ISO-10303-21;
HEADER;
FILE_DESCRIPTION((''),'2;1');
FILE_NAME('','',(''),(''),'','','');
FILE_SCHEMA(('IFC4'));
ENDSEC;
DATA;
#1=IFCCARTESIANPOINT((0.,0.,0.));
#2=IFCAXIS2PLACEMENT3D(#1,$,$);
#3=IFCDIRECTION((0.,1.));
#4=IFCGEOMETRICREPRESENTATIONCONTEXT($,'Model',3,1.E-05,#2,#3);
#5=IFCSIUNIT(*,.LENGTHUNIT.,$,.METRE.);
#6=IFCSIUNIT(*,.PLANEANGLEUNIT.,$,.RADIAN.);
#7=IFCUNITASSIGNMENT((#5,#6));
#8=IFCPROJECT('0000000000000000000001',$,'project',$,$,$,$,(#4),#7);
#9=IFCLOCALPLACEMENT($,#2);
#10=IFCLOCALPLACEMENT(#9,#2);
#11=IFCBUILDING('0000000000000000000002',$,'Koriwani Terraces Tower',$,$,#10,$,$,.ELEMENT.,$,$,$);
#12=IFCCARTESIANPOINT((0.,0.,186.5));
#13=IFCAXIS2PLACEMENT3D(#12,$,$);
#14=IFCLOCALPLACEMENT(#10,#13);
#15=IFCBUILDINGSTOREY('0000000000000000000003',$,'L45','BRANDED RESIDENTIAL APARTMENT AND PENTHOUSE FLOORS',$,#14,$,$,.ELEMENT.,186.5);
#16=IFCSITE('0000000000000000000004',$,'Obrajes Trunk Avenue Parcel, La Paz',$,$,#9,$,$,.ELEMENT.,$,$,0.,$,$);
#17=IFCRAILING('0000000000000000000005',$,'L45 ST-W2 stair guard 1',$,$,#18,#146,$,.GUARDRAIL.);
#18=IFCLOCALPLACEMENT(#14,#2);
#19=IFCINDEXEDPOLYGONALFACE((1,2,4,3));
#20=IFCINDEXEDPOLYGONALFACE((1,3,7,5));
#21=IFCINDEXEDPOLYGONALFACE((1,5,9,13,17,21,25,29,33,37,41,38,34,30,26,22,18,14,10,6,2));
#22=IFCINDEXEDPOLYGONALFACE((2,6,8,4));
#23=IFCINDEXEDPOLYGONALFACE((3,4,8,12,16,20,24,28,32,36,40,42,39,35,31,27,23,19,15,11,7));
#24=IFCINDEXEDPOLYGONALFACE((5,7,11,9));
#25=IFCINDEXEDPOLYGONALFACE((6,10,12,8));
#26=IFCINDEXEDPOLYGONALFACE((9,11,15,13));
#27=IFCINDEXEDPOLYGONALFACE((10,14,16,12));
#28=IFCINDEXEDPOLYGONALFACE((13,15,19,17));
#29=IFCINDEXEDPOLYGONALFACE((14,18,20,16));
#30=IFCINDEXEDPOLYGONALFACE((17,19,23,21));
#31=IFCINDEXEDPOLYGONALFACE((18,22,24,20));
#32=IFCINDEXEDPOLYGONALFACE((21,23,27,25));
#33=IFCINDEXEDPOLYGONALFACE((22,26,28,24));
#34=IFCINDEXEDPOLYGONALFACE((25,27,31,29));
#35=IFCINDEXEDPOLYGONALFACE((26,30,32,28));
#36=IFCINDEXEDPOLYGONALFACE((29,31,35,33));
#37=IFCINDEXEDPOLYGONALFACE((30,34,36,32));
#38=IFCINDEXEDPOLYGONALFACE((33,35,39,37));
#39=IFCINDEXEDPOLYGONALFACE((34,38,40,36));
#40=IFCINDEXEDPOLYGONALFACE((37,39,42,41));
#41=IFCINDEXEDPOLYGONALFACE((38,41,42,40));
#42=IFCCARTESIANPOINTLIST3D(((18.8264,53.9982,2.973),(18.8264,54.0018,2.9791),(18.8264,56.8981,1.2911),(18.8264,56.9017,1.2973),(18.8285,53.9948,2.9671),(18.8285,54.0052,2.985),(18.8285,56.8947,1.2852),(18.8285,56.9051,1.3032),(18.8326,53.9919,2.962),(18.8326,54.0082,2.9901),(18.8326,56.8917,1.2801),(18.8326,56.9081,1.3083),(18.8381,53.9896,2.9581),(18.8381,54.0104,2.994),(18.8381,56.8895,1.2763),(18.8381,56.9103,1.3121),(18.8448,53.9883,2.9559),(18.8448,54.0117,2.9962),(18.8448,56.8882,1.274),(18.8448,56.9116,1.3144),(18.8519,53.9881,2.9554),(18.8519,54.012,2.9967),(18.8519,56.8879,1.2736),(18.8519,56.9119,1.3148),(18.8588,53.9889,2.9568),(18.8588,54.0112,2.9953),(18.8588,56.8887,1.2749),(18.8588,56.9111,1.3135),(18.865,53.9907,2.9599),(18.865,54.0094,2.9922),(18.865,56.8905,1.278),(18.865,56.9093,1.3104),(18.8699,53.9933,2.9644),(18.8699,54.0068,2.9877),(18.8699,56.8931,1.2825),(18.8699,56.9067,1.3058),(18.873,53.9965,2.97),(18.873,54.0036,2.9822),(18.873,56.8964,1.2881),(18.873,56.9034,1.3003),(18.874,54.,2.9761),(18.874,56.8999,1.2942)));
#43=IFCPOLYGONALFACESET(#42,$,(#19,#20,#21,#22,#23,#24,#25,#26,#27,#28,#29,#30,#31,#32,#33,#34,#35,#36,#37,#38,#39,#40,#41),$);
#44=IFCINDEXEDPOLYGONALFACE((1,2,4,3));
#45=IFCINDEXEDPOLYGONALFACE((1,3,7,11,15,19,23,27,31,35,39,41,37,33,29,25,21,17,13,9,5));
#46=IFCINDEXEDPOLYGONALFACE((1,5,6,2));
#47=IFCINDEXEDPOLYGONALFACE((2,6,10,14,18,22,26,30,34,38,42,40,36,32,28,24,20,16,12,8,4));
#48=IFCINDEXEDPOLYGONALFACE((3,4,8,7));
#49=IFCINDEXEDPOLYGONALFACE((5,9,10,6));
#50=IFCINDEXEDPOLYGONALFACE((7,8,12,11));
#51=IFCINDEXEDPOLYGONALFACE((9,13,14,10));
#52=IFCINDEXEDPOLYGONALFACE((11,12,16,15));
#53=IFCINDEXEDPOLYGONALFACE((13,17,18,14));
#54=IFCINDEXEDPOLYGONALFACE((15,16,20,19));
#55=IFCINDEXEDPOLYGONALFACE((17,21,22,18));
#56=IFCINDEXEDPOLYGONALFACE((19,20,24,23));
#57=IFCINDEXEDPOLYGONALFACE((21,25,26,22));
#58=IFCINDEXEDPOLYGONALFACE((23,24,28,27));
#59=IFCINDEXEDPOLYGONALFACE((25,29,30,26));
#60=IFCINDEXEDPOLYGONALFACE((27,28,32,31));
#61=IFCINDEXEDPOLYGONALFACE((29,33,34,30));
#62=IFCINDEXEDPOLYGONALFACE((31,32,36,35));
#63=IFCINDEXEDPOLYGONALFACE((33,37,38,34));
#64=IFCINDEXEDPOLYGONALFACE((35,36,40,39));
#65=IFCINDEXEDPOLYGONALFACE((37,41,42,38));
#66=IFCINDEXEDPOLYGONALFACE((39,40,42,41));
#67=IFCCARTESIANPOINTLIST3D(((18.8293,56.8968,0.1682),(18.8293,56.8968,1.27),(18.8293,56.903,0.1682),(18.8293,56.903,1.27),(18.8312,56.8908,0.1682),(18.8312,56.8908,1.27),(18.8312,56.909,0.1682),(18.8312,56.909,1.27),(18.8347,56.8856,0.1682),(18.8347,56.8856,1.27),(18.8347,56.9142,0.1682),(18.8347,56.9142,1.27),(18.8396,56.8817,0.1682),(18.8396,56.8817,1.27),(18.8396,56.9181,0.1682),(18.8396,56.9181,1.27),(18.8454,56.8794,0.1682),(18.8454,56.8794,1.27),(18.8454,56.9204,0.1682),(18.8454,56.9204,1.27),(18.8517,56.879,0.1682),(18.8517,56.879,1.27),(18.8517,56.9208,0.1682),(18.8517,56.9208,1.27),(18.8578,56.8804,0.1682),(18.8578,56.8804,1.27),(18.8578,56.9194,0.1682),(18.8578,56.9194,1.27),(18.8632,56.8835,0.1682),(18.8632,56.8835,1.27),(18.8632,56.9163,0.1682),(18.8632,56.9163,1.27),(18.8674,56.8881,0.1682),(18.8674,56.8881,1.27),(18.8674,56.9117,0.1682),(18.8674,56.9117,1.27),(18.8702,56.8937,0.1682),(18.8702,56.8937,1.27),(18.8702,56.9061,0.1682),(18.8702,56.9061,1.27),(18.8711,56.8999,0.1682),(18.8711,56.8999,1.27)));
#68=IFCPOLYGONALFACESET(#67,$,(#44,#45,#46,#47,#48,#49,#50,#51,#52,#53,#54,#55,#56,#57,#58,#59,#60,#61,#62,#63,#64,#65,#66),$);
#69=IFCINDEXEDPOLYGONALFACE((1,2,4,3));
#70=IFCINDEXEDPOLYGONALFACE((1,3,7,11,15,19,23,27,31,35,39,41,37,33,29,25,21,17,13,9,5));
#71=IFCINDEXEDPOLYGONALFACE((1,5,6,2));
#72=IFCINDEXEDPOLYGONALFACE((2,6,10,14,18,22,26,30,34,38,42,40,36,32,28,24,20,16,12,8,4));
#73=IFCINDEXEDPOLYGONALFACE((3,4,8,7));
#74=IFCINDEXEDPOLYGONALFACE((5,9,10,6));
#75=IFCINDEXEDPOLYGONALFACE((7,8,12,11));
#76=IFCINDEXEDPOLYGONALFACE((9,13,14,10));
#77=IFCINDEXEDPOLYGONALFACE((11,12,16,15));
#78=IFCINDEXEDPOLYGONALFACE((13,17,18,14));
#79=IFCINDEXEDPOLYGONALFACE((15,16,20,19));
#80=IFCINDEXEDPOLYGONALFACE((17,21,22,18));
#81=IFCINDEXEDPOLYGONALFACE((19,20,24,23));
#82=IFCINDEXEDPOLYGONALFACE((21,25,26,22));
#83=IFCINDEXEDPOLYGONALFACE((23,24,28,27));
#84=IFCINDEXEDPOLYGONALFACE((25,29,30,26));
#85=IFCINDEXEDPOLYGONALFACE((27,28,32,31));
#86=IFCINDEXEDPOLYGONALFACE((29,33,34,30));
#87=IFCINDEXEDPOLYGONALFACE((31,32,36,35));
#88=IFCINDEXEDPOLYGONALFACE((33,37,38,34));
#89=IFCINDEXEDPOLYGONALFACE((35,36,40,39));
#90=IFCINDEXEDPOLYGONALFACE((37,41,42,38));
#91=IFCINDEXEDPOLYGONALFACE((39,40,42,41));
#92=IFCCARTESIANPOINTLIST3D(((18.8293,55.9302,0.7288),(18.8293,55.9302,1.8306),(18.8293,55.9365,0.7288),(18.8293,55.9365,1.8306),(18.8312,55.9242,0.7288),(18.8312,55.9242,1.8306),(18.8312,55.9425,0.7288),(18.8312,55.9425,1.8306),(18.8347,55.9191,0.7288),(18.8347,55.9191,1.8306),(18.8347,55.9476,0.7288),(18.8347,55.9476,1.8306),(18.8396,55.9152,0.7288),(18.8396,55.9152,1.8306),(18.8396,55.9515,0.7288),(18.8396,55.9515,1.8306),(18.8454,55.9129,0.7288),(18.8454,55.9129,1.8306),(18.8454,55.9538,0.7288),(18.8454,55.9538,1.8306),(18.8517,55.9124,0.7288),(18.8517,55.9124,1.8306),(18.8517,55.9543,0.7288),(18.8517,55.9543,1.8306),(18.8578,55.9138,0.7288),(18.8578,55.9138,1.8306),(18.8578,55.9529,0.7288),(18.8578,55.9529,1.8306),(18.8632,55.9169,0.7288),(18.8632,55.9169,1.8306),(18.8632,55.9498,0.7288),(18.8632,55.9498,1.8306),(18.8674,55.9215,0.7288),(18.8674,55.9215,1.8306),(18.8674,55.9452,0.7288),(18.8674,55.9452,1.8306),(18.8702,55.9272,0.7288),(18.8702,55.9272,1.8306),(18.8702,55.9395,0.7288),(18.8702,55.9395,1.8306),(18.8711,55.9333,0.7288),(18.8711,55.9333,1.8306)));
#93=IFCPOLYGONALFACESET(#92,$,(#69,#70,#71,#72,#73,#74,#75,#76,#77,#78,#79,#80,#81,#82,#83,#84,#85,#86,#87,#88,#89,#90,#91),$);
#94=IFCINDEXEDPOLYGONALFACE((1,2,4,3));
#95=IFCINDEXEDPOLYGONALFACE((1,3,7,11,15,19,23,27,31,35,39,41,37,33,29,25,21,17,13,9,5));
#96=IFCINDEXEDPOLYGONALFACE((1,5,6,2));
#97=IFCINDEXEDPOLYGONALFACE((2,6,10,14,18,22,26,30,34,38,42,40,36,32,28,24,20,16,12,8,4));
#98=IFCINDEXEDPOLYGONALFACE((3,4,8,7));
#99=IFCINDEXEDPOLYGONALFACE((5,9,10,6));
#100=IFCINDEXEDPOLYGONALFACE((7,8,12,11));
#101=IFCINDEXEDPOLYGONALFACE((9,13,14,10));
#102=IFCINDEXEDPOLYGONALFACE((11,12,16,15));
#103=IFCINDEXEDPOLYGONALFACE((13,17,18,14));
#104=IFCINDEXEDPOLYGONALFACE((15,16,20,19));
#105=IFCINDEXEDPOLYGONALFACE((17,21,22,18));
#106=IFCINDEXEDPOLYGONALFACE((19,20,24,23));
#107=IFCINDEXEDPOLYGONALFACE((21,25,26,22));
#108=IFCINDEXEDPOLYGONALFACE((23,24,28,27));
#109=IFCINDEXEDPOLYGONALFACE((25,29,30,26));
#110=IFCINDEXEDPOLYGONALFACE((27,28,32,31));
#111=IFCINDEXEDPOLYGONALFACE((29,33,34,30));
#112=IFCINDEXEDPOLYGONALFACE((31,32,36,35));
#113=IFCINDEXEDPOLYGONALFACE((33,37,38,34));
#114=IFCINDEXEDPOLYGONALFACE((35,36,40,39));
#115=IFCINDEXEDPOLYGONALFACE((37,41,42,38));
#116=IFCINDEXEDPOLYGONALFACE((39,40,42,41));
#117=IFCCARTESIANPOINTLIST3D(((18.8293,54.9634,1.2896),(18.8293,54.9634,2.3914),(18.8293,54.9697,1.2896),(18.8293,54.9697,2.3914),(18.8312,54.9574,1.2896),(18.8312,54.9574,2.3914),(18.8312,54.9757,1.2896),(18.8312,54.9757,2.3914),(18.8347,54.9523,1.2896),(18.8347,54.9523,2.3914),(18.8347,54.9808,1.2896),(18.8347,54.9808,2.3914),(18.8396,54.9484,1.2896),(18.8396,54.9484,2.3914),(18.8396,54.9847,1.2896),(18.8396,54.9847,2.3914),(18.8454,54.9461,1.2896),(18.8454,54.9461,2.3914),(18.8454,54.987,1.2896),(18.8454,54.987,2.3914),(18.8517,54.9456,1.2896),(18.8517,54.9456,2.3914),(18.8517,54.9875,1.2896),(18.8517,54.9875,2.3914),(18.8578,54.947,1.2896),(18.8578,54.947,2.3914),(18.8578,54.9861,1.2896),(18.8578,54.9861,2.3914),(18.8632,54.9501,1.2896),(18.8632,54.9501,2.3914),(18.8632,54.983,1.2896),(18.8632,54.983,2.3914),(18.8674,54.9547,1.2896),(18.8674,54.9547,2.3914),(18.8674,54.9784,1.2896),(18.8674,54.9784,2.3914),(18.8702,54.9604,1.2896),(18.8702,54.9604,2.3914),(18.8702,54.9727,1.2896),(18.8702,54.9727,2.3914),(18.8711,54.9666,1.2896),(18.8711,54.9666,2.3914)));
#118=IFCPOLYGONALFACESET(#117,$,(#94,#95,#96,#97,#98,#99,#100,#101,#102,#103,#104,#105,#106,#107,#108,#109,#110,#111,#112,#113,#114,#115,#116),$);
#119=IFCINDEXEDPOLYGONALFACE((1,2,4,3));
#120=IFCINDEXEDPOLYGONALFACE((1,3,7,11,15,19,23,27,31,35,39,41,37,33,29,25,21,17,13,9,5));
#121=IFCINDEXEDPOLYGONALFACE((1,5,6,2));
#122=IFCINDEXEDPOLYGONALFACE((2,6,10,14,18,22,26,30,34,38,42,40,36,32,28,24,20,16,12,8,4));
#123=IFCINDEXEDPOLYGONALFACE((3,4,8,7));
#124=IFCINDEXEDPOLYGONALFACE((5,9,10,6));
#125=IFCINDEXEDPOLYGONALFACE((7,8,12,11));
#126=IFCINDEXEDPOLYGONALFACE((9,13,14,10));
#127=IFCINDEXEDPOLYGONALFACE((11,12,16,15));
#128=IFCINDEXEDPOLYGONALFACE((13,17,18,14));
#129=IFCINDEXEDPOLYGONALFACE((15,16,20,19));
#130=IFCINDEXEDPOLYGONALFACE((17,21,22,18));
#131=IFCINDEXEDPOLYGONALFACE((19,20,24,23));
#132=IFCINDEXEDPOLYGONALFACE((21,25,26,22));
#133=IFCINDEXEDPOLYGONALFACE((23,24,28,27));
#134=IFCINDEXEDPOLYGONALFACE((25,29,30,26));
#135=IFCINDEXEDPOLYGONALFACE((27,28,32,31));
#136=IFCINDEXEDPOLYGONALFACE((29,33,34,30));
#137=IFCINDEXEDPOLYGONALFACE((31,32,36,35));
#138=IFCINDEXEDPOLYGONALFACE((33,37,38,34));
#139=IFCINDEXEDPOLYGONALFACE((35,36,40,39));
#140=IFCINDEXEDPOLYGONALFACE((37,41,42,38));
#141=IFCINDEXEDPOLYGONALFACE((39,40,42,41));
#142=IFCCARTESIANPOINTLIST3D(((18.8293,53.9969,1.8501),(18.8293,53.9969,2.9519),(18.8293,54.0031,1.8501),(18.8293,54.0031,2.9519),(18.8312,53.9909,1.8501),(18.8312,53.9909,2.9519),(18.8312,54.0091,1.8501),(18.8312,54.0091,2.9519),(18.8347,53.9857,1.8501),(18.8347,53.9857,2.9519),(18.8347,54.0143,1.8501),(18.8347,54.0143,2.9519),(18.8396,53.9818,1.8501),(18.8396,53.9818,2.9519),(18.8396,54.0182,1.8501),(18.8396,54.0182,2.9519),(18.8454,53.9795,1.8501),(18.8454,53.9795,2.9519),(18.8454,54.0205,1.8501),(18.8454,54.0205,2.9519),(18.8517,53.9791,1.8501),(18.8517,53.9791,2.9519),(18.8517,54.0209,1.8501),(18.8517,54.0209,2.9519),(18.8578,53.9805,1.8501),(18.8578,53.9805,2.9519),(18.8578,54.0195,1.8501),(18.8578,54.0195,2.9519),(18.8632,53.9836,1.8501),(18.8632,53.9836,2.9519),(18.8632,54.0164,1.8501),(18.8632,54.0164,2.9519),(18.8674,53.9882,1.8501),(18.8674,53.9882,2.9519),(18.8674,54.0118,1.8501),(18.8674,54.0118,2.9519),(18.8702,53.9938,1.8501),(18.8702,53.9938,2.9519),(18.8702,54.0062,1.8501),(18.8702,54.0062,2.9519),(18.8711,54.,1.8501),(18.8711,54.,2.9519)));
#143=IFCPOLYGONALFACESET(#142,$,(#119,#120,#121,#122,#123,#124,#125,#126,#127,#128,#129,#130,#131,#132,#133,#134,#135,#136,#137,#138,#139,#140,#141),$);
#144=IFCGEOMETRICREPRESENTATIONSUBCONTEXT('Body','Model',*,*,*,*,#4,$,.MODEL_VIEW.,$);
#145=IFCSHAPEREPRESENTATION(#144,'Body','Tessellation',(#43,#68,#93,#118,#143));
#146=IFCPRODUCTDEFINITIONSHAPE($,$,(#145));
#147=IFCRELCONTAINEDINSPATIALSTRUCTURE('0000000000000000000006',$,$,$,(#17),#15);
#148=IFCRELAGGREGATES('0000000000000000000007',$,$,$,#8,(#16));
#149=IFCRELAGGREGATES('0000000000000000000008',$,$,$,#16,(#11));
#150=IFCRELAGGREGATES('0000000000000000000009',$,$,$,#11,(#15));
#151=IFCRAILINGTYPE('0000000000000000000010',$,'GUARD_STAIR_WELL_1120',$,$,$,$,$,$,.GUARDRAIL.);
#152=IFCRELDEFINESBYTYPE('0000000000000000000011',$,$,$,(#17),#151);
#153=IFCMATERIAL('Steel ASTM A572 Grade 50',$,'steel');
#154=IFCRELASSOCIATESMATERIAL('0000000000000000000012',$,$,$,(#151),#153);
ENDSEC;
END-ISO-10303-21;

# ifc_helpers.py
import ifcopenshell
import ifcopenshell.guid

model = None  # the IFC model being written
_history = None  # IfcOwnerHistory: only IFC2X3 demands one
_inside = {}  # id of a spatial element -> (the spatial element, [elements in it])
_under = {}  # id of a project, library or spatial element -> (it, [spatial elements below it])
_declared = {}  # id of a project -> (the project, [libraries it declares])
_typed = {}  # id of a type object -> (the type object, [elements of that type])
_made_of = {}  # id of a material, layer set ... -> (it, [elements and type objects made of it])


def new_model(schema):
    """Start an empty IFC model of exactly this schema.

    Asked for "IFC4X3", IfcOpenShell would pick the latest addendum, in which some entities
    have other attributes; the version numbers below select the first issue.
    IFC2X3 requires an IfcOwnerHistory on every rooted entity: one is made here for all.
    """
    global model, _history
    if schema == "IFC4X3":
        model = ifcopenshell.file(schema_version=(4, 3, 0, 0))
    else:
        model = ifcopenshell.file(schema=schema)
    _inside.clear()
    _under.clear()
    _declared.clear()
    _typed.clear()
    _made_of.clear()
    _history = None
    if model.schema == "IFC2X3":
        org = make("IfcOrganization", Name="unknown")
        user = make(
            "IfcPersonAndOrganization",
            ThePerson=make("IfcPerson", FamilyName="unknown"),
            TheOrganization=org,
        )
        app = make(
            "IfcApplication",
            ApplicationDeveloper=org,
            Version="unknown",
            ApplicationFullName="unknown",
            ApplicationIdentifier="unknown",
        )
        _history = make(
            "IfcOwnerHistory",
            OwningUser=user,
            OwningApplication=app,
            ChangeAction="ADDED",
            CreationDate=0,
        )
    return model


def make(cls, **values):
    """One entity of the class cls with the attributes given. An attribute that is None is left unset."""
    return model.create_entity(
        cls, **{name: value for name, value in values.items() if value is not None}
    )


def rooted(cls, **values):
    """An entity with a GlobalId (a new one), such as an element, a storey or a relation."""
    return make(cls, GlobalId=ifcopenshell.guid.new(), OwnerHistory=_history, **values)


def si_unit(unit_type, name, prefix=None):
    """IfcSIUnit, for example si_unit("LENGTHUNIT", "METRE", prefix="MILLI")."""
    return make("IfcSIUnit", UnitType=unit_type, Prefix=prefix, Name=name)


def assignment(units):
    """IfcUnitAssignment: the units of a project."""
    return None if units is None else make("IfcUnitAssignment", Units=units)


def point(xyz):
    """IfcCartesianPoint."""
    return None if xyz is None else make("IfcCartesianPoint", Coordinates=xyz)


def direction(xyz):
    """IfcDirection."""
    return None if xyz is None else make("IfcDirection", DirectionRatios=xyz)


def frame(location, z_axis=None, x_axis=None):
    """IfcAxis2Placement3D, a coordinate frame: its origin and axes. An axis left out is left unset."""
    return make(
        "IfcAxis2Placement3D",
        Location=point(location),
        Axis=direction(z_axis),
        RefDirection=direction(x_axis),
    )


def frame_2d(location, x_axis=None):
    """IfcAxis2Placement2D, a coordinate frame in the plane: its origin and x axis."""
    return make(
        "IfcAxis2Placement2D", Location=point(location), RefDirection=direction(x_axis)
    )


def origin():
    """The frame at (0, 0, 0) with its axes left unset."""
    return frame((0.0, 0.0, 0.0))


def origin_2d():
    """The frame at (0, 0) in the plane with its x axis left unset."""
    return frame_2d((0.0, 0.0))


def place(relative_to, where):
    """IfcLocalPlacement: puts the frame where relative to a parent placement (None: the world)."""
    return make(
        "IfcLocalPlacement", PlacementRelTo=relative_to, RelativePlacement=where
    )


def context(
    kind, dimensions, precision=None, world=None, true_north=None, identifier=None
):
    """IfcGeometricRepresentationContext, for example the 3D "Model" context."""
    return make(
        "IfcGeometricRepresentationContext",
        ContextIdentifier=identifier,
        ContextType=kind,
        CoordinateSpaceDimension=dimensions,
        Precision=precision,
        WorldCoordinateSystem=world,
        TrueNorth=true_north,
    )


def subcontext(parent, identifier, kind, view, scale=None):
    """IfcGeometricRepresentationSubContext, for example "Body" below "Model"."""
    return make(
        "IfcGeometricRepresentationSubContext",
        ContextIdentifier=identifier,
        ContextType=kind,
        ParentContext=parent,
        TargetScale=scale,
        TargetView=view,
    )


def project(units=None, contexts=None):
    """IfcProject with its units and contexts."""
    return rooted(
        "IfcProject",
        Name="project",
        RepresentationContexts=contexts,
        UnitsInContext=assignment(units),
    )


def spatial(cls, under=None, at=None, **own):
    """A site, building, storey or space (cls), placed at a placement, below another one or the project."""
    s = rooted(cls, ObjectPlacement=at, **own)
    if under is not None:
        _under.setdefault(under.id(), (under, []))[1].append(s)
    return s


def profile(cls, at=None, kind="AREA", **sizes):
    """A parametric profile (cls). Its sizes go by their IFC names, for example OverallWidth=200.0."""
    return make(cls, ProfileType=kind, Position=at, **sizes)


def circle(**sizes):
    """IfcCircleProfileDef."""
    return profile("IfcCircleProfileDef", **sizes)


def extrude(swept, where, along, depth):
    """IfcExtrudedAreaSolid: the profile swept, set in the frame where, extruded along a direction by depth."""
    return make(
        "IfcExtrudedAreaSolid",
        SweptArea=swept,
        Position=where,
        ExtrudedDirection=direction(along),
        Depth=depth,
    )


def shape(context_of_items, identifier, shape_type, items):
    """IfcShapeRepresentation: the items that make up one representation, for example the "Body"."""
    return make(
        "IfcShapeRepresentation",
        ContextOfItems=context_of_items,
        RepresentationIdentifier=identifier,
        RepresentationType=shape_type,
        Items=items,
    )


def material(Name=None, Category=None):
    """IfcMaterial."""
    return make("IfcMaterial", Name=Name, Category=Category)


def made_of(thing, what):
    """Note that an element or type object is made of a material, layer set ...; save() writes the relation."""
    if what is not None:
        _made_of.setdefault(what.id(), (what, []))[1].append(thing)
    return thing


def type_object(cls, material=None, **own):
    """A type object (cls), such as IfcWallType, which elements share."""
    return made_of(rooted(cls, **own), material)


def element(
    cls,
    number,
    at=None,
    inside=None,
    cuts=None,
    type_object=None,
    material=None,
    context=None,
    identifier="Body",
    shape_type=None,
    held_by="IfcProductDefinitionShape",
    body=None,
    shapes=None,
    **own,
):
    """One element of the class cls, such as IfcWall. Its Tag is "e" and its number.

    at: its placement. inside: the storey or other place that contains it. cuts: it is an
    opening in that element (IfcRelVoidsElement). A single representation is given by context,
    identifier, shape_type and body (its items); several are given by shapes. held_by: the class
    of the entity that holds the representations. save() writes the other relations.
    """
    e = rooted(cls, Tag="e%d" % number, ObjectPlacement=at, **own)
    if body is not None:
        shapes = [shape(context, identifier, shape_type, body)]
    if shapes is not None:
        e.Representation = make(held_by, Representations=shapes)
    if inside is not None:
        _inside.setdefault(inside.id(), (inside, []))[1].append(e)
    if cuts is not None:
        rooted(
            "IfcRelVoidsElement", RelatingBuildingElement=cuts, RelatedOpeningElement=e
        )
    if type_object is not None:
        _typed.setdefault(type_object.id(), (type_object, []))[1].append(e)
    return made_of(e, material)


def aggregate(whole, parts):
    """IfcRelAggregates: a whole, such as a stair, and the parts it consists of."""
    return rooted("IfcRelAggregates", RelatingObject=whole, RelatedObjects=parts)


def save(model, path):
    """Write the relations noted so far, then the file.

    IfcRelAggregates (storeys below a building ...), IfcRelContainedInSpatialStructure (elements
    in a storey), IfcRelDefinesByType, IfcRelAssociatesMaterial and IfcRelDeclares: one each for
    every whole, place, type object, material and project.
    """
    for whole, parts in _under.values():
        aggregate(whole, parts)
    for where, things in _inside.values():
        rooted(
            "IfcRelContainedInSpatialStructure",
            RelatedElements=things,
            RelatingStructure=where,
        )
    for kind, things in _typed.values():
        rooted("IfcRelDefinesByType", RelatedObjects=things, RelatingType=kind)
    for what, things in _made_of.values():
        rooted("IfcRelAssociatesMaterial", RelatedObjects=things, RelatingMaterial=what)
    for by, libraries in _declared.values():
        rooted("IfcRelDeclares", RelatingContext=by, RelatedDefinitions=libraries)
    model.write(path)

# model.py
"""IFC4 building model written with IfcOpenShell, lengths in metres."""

from ifc_helpers import new_model, si_unit, direction, frame, origin, origin_2d, place, context, subcontext, project, spatial, circle, extrude, material, type_object, element, save


model = new_model("IFC4")

# Units and contexts
model_context = context("Model", 3, precision=1e-05, world=origin(), true_north=direction((0.0, 1.0)))
body_context = subcontext(model_context, "Body", "Model", "MODEL_VIEW")
ifc_project = project(units=[si_unit("LENGTHUNIT", "METRE"), si_unit("PLANEANGLEUNIT", "RADIAN")], contexts=[model_context])

# Site, building, storey
site_placement = place(None, origin())
site = spatial("IfcSite", under=ifc_project, at=site_placement, Name="Obrajes Trunk Avenue Parcel, La Paz", CompositionType="ELEMENT", RefElevation=0.0)
building_placement = place(site_placement, origin())
building = spatial("IfcBuilding", under=site, at=building_placement, Name="Koriwani Terraces Tower", CompositionType="ELEMENT")
storey_placement = place(building_placement, frame((0.0, 0.0, 186.5)))
storey = spatial("IfcBuildingStorey", under=building, at=storey_placement, Name="L45", Description="BRANDED RESIDENTIAL APARTMENT AND PENTHOUSE FLOORS", CompositionType="ELEMENT", Elevation=186.5)

# Shared definitions
ifc_material_1 = material(Name="Steel ASTM A572 Grade 50", Category="steel")

# Railing
railing_type_1 = type_object("IfcRailingType", Name="GUARD_STAIR_WELL_1120", PredefinedType="GUARDRAIL", material=ifc_material_1)
railing_1_placement = place(storey_placement, frame((18.8501, 56.8999, 0.1682)))
element("IfcRailing", 1, at=railing_1_placement, inside=storey, type_object=railing_type_1, Name="L45 ST-W2 stair guard 1", PredefinedType="GUARDRAIL", context=body_context, shape_type="SweptSolid", body=[
    extrude(circle(Radius=0.0239, at=origin_2d()), frame((0.0, 0.0, 1.126), z_axis=(0.0, -0.865039, 0.501705), x_axis=(1.0, 0.0, 0.0)), (0.0, 0.0, 1.0), 3.3523),
    extrude(circle(Radius=0.021, at=origin_2d()), origin(), (0.0, 0.0, 1.0), 1.1018),
    extrude(circle(Radius=0.021, at=origin_2d()), frame((0.0, -0.9666, 0.5605)), (0.0, 0.0, 1.0), 1.1018),
    extrude(circle(Radius=0.021, at=origin_2d()), frame((0.0, -1.9333, 1.1213)), (0.0, 0.0, 1.0), 1.1018),
    extrude(circle(Radius=0.021, at=origin_2d()), frame((0.0, -2.8999, 1.6819)), (0.0, 0.0, 1.0), 1.1018),
])

save(model, "model.ifc")
